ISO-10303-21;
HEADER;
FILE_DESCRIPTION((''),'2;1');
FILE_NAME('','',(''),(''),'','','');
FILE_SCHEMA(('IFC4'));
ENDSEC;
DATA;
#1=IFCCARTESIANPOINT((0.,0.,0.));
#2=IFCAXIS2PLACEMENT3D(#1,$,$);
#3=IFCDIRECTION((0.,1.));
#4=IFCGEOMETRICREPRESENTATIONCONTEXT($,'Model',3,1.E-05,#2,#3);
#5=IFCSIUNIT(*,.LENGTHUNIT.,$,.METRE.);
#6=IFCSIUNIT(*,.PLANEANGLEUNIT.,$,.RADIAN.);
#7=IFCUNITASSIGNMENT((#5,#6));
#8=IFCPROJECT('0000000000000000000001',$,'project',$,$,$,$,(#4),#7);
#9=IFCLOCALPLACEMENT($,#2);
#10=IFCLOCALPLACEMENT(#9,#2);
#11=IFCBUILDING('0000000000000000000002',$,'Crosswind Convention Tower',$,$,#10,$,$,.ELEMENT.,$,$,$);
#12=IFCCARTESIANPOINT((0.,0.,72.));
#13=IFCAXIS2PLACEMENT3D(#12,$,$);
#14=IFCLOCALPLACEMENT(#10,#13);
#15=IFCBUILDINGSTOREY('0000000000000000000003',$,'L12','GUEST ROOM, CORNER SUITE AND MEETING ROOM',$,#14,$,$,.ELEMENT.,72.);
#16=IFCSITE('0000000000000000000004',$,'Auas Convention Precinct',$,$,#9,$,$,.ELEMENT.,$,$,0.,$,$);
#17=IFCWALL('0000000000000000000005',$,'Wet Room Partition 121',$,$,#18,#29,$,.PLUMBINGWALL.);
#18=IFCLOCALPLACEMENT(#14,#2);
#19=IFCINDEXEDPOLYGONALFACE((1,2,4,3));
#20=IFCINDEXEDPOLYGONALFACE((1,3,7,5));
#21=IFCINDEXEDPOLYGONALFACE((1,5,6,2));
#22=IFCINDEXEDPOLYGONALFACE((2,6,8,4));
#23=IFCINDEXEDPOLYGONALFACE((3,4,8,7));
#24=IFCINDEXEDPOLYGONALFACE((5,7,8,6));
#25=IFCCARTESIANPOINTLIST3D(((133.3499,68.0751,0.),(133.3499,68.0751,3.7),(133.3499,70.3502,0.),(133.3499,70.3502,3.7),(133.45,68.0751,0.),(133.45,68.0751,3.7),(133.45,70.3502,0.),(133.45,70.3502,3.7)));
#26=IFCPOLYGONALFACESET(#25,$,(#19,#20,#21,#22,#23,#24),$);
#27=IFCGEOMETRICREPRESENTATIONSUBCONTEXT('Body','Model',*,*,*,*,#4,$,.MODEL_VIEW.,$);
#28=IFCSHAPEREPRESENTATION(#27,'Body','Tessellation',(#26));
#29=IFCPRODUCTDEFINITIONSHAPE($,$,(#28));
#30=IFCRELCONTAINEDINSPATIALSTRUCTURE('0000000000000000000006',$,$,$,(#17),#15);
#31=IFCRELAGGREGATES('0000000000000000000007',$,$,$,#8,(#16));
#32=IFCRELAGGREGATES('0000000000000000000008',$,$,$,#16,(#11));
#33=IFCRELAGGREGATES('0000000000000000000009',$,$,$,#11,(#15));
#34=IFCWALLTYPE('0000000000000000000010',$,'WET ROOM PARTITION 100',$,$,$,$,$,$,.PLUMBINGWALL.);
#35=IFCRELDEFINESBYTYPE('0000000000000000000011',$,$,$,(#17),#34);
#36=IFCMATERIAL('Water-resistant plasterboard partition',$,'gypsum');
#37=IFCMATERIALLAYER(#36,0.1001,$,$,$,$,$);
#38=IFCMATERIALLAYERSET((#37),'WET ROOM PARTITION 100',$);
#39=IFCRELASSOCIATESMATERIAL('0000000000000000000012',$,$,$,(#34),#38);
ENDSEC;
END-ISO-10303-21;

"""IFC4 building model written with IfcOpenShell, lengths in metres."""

from ifc_helpers import new_model, si_unit, direction, frame, frame_2d, origin, place, context, subcontext, project, spatial, rectangle, extrude, material, layer, layer_set, type_object, element, save


model = new_model("IFC4")

# Units and contexts
model_context = context("Model", 3, precision=1e-05, world=origin(), true_north=direction((0.0, 1.0)))
body_context = subcontext(model_context, "Body", "Model", "MODEL_VIEW")
ifc_project = project(units=[si_unit("LENGTHUNIT", "METRE"), si_unit("PLANEANGLEUNIT", "RADIAN")], contexts=[model_context])

# Site, building, storey
site_placement = place(None, origin())
site = spatial("IfcSite", under=ifc_project, at=site_placement, Name="Auas Convention Precinct", CompositionType="ELEMENT", RefElevation=0.0)
building_placement = place(site_placement, origin())
building = spatial("IfcBuilding", under=site, at=building_placement, Name="Crosswind Convention Tower", CompositionType="ELEMENT")
storey_placement = place(building_placement, frame((0.0, 0.0, 72.0)))
storey = spatial("IfcBuildingStorey", under=building, at=storey_placement, Name="L12", Description="GUEST ROOM, CORNER SUITE AND MEETING ROOM", CompositionType="ELEMENT", Elevation=72.0)

# Shared definitions
ifc_material_1 = material(Name="Water-resistant plasterboard partition", Category="gypsum")
ifc_layer_1 = layer(ifc_material_1, 0.1001)
ifc_layer_set_1 = layer_set([ifc_layer_1], Name="WET ROOM PARTITION 100")
wall_type_1 = type_object("IfcWallType", Name="WET ROOM PARTITION 100", PredefinedType="PLUMBINGWALL", material=ifc_layer_set_1)

# Wall
for number, where, z_axis, x_axis, name in (
    (1, (133.3999, 68.075, 0.0), (0.0, 0.0, 1.0), (0.0, 1.0, 0.0), "Wet Room Partition 121"),
):
    element("IfcWall", number, at=place(storey_placement, frame(where, z_axis=z_axis, x_axis=x_axis)), inside=storey, type_object=wall_type_1, Name=name, PredefinedType="PLUMBINGWALL", context=body_context, shape_type="SweptSolid", body=[
        extrude(rectangle(XDim=2.2751, YDim=0.1001, at=frame_2d((1.1377, 0.0))), origin(), (0.0, 0.0, 1.0), 3.7),
    ])

save(model, "model.ifc")
